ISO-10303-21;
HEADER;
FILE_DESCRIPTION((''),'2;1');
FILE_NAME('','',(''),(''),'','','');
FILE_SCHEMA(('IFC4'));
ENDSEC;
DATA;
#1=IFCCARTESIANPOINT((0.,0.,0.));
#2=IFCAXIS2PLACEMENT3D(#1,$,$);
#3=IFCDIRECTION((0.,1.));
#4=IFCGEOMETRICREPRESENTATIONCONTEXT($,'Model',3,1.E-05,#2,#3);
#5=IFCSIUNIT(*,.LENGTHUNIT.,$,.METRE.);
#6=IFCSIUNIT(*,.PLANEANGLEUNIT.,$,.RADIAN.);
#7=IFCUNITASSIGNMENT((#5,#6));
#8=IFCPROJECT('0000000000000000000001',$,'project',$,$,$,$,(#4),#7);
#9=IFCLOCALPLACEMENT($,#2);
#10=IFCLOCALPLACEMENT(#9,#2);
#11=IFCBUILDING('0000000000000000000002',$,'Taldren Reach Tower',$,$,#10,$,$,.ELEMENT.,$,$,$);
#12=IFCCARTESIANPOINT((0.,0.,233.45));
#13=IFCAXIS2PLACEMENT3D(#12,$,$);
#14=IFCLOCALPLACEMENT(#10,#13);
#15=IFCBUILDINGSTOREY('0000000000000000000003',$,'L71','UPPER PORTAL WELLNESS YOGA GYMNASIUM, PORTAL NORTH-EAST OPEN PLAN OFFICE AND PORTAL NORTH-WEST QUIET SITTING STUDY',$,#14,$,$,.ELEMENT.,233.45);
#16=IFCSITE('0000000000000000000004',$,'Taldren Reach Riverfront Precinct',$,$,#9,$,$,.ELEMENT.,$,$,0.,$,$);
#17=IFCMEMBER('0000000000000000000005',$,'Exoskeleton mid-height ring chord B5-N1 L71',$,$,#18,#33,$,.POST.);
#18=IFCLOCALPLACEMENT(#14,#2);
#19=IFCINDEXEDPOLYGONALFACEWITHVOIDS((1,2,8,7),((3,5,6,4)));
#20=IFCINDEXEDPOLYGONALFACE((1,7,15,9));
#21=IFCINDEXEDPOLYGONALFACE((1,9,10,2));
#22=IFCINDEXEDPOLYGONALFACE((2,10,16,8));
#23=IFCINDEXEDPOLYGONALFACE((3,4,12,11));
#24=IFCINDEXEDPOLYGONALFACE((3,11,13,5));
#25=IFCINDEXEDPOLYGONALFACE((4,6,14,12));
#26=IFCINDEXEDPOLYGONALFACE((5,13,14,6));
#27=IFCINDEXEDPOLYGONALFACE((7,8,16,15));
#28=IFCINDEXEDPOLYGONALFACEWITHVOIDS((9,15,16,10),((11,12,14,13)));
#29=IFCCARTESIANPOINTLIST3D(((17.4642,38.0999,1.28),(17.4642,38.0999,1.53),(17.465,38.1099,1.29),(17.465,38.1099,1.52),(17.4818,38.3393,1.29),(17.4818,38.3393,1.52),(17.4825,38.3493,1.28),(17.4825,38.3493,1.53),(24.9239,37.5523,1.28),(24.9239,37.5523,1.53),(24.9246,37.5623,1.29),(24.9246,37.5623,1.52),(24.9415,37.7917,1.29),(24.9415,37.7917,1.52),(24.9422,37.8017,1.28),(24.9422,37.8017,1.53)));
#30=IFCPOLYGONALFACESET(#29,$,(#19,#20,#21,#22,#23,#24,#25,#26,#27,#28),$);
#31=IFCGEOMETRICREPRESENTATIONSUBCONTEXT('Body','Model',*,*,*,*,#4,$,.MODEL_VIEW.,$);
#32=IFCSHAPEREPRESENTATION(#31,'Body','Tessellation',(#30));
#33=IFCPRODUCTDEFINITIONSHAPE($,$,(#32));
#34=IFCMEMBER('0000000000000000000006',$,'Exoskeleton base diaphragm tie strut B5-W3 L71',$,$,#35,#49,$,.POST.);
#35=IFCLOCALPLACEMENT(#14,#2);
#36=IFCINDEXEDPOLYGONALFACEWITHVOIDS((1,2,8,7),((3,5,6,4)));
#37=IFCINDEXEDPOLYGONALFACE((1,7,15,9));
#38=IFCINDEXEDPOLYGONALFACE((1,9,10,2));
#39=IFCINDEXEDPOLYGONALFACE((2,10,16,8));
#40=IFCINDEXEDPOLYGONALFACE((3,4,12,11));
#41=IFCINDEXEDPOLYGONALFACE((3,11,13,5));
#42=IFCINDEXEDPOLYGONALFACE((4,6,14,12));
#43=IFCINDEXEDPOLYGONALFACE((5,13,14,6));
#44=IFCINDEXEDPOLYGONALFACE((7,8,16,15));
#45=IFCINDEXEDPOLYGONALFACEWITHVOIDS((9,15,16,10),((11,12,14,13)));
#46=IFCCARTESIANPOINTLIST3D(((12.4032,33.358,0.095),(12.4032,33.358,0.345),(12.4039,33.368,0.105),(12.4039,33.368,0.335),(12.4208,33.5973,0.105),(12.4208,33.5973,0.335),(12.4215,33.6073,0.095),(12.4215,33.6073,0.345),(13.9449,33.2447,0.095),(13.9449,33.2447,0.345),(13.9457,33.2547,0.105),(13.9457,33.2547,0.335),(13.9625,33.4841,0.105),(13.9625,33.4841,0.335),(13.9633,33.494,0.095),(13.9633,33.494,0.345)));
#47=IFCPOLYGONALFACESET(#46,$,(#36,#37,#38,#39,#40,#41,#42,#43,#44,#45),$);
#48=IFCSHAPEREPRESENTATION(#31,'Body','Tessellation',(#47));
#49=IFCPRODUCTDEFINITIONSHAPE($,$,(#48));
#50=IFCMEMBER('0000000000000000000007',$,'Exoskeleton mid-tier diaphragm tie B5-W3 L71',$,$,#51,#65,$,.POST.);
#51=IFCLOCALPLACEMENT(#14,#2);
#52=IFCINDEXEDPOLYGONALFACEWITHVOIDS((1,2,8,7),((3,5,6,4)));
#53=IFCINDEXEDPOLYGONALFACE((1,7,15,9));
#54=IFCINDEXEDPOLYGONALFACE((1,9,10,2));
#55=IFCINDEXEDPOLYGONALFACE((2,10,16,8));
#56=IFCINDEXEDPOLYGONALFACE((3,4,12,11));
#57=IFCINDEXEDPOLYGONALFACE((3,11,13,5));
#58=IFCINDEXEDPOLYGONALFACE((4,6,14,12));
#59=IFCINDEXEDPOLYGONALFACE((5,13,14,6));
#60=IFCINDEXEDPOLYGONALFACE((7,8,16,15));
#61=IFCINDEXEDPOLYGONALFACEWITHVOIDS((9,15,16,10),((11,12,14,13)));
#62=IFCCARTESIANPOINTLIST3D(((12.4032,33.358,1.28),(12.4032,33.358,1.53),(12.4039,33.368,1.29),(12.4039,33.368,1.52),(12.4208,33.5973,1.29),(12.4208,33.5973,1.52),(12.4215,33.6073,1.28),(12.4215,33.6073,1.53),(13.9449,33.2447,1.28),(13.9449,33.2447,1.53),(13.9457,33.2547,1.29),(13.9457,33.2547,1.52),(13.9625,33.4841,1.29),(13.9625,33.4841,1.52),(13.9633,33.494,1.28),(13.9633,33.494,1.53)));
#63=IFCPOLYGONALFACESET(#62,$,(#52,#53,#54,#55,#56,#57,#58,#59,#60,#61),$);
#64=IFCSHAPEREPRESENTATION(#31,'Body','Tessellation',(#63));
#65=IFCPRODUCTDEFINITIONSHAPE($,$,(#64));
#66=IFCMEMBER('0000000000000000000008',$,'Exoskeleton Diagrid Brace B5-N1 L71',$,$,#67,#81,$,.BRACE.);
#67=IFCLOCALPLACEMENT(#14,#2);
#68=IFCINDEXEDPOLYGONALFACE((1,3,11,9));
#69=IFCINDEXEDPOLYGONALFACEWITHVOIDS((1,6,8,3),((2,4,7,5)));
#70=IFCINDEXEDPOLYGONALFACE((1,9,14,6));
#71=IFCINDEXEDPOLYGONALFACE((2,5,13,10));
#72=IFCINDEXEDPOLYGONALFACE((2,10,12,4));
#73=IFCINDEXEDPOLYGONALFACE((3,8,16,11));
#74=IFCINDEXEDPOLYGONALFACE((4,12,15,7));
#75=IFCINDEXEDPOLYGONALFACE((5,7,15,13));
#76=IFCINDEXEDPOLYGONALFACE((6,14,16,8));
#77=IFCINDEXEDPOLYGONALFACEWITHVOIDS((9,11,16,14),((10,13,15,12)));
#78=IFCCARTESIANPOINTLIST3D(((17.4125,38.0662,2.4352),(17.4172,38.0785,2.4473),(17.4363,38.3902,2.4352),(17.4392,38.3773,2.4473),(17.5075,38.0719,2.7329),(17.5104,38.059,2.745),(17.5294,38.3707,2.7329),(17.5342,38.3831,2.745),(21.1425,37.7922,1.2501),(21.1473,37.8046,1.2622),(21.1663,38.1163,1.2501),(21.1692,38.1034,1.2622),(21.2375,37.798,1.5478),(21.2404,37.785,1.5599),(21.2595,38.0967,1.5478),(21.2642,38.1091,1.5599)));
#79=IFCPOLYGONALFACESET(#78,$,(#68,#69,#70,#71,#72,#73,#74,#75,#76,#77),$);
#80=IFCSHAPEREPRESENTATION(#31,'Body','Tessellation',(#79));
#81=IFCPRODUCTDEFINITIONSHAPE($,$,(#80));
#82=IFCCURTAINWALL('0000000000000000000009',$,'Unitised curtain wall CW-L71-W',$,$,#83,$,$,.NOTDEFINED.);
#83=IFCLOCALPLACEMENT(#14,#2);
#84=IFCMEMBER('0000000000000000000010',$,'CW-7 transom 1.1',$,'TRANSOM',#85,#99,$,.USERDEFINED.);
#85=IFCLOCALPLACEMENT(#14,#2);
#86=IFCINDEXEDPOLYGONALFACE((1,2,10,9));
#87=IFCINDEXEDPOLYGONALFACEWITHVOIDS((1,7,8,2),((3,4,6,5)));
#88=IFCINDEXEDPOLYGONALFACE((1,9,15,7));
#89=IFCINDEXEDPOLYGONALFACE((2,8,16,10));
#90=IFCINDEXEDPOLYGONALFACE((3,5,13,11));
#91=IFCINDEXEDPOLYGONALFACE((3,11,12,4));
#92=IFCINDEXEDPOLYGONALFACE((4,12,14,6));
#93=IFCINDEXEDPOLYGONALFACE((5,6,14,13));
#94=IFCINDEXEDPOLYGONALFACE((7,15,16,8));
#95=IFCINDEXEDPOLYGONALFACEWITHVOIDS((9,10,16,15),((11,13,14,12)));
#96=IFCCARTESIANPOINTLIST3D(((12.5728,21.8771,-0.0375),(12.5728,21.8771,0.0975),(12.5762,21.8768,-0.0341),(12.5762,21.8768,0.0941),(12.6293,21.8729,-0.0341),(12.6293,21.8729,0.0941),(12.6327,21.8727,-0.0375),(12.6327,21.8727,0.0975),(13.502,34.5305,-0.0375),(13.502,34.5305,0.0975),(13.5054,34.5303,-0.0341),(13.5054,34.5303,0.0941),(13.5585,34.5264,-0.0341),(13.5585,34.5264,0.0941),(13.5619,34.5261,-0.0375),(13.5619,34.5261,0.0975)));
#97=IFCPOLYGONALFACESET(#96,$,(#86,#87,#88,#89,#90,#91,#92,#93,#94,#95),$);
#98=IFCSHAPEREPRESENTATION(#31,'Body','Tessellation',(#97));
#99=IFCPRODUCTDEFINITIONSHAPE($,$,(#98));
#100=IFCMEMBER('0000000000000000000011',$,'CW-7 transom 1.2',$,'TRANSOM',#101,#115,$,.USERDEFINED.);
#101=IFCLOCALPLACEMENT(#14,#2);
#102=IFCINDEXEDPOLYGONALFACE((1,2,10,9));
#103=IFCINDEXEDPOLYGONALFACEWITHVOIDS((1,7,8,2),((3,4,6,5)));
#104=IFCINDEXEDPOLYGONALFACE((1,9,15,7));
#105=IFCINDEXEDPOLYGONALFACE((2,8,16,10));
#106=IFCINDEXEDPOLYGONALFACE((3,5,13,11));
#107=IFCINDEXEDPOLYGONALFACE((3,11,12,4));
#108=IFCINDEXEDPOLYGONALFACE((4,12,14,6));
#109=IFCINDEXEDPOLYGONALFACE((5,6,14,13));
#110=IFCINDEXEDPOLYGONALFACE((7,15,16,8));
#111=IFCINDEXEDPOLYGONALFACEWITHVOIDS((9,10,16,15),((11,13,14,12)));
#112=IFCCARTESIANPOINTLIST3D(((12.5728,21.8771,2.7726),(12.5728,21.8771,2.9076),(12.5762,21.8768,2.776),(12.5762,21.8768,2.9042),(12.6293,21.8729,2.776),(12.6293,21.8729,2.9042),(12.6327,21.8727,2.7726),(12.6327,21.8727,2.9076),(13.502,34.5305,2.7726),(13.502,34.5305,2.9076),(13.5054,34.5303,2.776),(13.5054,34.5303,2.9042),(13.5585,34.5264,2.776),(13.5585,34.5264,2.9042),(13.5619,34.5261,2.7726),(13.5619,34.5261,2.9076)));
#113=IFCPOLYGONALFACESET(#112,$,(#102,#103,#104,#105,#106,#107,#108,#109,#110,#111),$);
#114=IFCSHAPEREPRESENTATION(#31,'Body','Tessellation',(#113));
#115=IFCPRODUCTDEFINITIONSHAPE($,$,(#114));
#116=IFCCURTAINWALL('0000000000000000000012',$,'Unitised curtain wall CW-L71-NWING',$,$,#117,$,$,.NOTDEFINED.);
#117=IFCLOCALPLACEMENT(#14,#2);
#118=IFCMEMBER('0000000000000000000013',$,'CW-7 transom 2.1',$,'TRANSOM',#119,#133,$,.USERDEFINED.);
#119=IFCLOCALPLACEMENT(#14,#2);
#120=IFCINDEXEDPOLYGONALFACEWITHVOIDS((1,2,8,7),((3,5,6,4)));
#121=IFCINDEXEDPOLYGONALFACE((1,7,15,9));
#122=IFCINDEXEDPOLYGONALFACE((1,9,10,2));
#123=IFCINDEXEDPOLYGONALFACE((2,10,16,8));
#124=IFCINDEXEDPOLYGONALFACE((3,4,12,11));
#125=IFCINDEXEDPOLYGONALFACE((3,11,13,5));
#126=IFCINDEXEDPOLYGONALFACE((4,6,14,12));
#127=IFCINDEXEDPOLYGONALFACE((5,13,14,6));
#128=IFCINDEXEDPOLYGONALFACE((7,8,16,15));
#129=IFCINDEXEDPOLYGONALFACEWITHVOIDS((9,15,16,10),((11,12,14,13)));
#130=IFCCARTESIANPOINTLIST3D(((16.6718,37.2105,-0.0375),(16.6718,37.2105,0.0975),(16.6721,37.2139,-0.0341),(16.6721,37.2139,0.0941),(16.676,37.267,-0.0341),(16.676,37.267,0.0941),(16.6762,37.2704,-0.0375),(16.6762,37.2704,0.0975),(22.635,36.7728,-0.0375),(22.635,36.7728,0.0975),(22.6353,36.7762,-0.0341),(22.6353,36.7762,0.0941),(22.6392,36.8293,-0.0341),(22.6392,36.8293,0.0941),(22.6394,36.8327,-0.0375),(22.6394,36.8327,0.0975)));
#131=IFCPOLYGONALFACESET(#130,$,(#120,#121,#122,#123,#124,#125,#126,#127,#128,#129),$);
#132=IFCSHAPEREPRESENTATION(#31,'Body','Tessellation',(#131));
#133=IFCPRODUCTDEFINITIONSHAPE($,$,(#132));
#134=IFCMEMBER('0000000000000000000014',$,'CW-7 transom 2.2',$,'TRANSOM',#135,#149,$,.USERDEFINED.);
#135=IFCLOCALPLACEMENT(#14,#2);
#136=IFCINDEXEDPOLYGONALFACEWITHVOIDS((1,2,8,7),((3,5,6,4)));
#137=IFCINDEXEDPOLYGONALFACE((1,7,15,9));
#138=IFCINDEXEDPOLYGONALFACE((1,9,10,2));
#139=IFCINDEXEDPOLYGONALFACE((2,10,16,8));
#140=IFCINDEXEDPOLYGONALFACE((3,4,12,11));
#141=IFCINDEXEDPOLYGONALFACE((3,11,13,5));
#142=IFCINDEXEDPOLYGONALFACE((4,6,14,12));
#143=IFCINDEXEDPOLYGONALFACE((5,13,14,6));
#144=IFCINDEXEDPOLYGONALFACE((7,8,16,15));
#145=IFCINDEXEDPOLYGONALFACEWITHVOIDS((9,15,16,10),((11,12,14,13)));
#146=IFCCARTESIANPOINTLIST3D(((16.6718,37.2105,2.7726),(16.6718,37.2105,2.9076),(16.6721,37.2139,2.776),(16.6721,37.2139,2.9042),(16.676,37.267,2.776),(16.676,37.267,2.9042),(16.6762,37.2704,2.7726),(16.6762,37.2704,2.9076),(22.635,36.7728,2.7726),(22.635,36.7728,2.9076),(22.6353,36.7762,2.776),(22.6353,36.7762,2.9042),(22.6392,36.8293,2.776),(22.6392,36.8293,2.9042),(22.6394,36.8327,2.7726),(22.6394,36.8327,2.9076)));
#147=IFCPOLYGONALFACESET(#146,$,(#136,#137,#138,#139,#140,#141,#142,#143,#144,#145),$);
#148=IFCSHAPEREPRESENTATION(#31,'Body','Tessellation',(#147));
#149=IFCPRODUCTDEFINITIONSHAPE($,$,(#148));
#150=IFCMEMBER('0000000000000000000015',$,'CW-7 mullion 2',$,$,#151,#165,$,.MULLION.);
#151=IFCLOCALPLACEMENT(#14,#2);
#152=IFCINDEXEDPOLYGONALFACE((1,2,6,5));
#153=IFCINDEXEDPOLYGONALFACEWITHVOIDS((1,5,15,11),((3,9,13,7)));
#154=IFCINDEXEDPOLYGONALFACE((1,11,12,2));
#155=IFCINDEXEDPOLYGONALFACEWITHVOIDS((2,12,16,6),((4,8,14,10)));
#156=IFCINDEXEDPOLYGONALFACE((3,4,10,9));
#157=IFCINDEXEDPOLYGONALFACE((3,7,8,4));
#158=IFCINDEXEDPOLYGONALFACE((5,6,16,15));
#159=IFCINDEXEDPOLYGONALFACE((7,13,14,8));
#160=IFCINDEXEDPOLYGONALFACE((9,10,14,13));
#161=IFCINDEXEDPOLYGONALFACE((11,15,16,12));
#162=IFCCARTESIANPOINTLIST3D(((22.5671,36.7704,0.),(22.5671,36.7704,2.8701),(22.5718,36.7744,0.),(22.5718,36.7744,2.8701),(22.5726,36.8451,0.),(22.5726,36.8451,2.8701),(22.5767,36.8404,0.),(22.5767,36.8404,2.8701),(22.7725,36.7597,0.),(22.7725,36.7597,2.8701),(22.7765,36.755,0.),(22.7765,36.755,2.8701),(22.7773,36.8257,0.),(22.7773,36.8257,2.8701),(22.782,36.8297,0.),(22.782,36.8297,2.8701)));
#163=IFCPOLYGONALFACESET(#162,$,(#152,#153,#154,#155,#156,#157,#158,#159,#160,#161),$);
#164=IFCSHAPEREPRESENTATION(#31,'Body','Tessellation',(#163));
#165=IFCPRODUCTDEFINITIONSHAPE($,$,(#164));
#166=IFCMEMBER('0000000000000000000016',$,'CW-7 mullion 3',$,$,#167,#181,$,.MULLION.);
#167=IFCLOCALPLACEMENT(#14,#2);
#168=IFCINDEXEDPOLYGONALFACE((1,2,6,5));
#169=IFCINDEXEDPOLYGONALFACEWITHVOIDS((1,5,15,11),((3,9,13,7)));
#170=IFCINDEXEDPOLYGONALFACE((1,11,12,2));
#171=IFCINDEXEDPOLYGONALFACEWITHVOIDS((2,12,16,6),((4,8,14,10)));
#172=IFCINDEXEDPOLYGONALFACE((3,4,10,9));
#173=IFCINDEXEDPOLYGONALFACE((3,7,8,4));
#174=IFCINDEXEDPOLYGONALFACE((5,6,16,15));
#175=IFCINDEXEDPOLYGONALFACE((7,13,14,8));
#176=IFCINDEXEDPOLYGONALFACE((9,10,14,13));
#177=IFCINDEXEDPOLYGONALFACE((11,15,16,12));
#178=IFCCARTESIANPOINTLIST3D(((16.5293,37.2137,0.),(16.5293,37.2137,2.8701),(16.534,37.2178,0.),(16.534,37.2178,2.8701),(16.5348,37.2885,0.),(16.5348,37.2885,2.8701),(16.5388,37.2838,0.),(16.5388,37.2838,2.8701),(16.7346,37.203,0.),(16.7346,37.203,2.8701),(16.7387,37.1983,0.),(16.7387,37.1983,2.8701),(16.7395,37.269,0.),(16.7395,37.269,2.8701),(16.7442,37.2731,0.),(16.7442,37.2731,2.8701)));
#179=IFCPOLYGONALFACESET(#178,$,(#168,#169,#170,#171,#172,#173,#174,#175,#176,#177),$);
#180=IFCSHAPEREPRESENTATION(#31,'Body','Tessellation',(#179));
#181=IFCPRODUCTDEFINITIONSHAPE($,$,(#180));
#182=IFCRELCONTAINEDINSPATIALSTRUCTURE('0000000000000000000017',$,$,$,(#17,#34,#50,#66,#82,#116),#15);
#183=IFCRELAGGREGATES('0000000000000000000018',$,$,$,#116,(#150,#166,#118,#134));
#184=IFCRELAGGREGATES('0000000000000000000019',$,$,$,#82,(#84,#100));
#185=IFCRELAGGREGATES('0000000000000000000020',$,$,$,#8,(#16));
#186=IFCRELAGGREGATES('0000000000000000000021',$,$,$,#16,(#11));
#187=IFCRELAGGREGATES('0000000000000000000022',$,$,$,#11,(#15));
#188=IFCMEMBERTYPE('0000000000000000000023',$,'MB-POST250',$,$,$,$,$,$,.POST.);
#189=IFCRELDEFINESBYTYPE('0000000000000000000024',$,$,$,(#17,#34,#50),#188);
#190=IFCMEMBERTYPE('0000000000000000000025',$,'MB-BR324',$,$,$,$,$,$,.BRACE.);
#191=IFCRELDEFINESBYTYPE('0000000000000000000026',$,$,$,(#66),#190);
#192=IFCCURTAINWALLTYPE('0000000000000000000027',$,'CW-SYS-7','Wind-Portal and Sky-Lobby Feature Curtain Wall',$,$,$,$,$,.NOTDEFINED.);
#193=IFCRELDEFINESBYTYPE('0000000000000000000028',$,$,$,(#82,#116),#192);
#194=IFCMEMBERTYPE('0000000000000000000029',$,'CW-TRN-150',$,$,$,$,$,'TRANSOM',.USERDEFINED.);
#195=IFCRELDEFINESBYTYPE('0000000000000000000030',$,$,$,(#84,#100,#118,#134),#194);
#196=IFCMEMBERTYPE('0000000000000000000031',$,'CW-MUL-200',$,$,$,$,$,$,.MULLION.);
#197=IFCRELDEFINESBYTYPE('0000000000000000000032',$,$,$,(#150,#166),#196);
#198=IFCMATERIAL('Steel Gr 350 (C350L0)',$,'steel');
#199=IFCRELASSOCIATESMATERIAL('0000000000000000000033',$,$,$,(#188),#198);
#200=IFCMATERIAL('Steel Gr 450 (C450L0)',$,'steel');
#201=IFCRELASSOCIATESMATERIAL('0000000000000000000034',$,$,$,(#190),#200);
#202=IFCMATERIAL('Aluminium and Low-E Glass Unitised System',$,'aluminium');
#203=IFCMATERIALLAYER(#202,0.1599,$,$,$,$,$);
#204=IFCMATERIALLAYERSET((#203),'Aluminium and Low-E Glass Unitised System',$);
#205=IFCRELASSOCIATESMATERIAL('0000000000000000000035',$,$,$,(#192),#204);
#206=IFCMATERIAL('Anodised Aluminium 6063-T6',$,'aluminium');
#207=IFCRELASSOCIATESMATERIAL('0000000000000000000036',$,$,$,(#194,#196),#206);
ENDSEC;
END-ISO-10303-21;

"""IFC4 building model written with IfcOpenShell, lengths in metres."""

from ifc_helpers import new_model, si_unit, direction, frame, origin, origin_2d, place, context, subcontext, project, spatial, hollow_rectangle, extrude, source, transform, mapped, material, layer, layer_set, material_profile, profile_set, type_object, element, aggregate, save


model = new_model("IFC4")

# Units and contexts
model_context = context("Model", 3, precision=1e-05, world=origin(), true_north=direction((0.0, 1.0)))
body_context = subcontext(model_context, "Body", "Model", "MODEL_VIEW")
ifc_project = project(units=[si_unit("LENGTHUNIT", "METRE"), si_unit("PLANEANGLEUNIT", "RADIAN")], contexts=[model_context])

# Site, building, storey
site_placement = place(None, origin())
site = spatial("IfcSite", under=ifc_project, at=site_placement, Name="Taldren Reach Riverfront Precinct", CompositionType="ELEMENT", RefElevation=0.0)
building_placement = place(site_placement, origin())
building = spatial("IfcBuilding", under=site, at=building_placement, Name="Taldren Reach Tower", CompositionType="ELEMENT")
storey_placement = place(building_placement, frame((0.0, 0.0, 233.45)))
storey = spatial("IfcBuildingStorey", under=building, at=storey_placement, Name="L71", Description="UPPER PORTAL WELLNESS YOGA GYMNASIUM, PORTAL NORTH-EAST OPEN PLAN OFFICE AND PORTAL NORTH-WEST QUIET SITTING STUDY", CompositionType="ELEMENT", Elevation=233.45)

# Shared definitions
ifc_material_1 = material(Name="Steel Gr 350 (C350L0)", Category="steel")

# Shared definitions
ifc_material_profile_1 = material_profile(ifc_material_1, hollow_rectangle(XDim=0.25, YDim=0.25, WallThickness=0.01, at=origin_2d()), Name="250x250x10.0SHS")
ifc_profile_set_1 = profile_set([ifc_material_profile_1], Name="Steel Gr 350 (C350L0)")
member_type_1 = type_object("IfcMemberType", Name="MB-POST250", PredefinedType="POST", material=ifc_profile_set_1)
ifc_material_2 = material(Name="Steel Gr 450 (C450L0)", Category="steel")

# Members
shared_shape_1 = source(origin(), body_context, "Body", "SweptSolid", [
    extrude(hollow_rectangle(XDim=0.25, YDim=0.25, WallThickness=0.01, at=origin_2d()), origin(), (0.0, 0.0, 1.0), 7.4797),
])
member_1_placement = place(storey_placement, frame((17.4734, 38.2246, 1.405), z_axis=(0.997316, -0.073212, 0.0), x_axis=(0.073212, 0.997316, 0.0)))
element("IfcMember", 1, at=member_1_placement, inside=storey, type_object=member_type_1, Name="Exoskeleton mid-height ring chord B5-N1 L71", PredefinedType="POST", context=body_context, shape_type="MappedRepresentation", body=[
    mapped(shared_shape_1, transform((0.0, 0.0, 0.0), scale=1.0)),
])
shared_shape_2 = source(origin(), body_context, "Body", "SweptSolid", [
    extrude(hollow_rectangle(XDim=0.25, YDim=0.25, WallThickness=0.01, at=origin_2d()), origin(), (0.0, 0.0, 1.0), 1.5459),
])
for number, where, z_axis, x_axis, name in (
    (2, (13.9541, 33.3694, 0.22), (-0.997312, 0.073278, 0.0), (-0.073278, -0.997312, 0.0), "Exoskeleton base diaphragm tie strut B5-W3 L71"),
    (3, (13.9541, 33.3694, 1.405), (-0.997312, 0.073278, 0.0), (-0.073278, -0.997312, 0.0), "Exoskeleton mid-tier diaphragm tie B5-W3 L71"),
):
    element("IfcMember", number, at=place(storey_placement, frame(where, z_axis=z_axis, x_axis=x_axis)), inside=storey, type_object=member_type_1, Name=name, PredefinedType="POST", context=body_context, shape_type="MappedRepresentation", body=[
        mapped(shared_shape_2, transform((0.0, 0.0, 0.0), scale=1.0)),
    ])
ifc_material_profile_2 = material_profile(ifc_material_2, hollow_rectangle(XDim=0.325, YDim=0.325, WallThickness=0.0127, at=origin_2d()), Name="325x325x12.7SHS")
ifc_profile_set_2 = profile_set([ifc_material_profile_2], Name="Steel Gr 450 (C450L0)")
member_type_2 = type_object("IfcMemberType", Name="MB-BR324", PredefinedType="BRACE", material=ifc_profile_set_2)
shared_shape_3 = source(origin(), body_context, "Body", "SweptSolid", [
    extrude(hollow_rectangle(XDim=0.325, YDim=0.325, WallThickness=0.0127, at=origin_2d()), origin(), (0.0, 0.0, 1.0), 3.9233),
])
member_2_placement = place(storey_placement, frame((21.2034, 37.9507, 1.405), z_axis=(-0.950729, 0.069821, 0.302058), x_axis=(-0.073242, -0.997314, 0.0)))
element("IfcMember", 4, at=member_2_placement, inside=storey, type_object=member_type_2, Name="Exoskeleton Diagrid Brace B5-N1 L71", PredefinedType="BRACE", context=body_context, shape_type="MappedRepresentation", body=[
    mapped(shared_shape_3, transform((0.0, 0.0, 0.0), scale=1.0)),
])

# Curtain walls, members
ifc_material_3 = material(Name="Aluminium and Low-E Glass Unitised System", Category="aluminium")
ifc_layer_1 = layer(ifc_material_3, 0.1599)
ifc_layer_set_1 = layer_set([ifc_layer_1], Name="Aluminium and Low-E Glass Unitised System")
curtain_wall_type = type_object("IfcCurtainWallType", Name="CW-SYS-7", Description="Wind-Portal and Sky-Lobby Feature Curtain Wall", PredefinedType="NOTDEFINED", material=ifc_layer_set_1)
curtain_wall_1_placement = place(storey_placement, origin())
curtain_wall_1 = element("IfcCurtainWall", 5, at=curtain_wall_1_placement, inside=storey, type_object=curtain_wall_type, Name="Unitised curtain wall CW-L71-W", PredefinedType="NOTDEFINED")
ifc_material_4 = material(Name="Anodised Aluminium 6063-T6", Category="aluminium")
ifc_material_profile_3 = material_profile(ifc_material_4, hollow_rectangle(XDim=0.0601, YDim=0.135, WallThickness=0.0034, at=origin_2d()), Name="ALU-135x60x3.5RHS")
ifc_profile_set_3 = profile_set([ifc_material_profile_3], Name="Anodised Aluminium 6063-T6")
member_type_3 = type_object("IfcMemberType", Name="CW-TRN-150", ElementType="TRANSOM", PredefinedType="USERDEFINED", material=ifc_profile_set_3)
shared_shape_4 = source(origin(), body_context, "Body", "SweptSolid", [
    extrude(hollow_rectangle(XDim=0.0601, YDim=0.135, WallThickness=0.0034, at=origin_2d()), origin(), (0.0, 0.0, 1.0), 12.6875),
])
member_3_placement = place(storey_placement, frame((13.532, 34.5283, 0.03), z_axis=(-0.073238, -0.997314, 0.0), x_axis=(0.997314, -0.073238, 0.0)))
member_3 = element("IfcMember", 6, at=member_3_placement, type_object=member_type_3, Name="CW-7 transom 1.1", ObjectType="TRANSOM", PredefinedType="USERDEFINED", context=body_context, shape_type="MappedRepresentation", body=[
    mapped(shared_shape_4, transform((0.0, 0.0, 0.0), scale=1.0)),
])
member_4_placement = place(storey_placement, frame((13.532, 34.5283, 2.8401), z_axis=(-0.073238, -0.997314, 0.0), x_axis=(0.997314, -0.073238, 0.0)))
member_4 = element("IfcMember", 7, at=member_4_placement, type_object=member_type_3, Name="CW-7 transom 1.2", ObjectType="TRANSOM", PredefinedType="USERDEFINED", context=body_context, shape_type="MappedRepresentation", body=[
    mapped(shared_shape_4, transform((0.0, 0.0, 0.0), scale=1.0)),
])
curtain_wall_2_placement = place(storey_placement, origin())
curtain_wall_2 = element("IfcCurtainWall", 8, at=curtain_wall_2_placement, inside=storey, type_object=curtain_wall_type, Name="Unitised curtain wall CW-L71-NWING", PredefinedType="NOTDEFINED")
shared_shape_5 = source(origin(), body_context, "Body", "SweptSolid", [
    extrude(hollow_rectangle(XDim=0.0601, YDim=0.135, WallThickness=0.0034, at=origin_2d()), origin(), (0.0, 0.0, 1.0), 5.9792),
])
member_5_placement = place(storey_placement, frame((22.6372, 36.8027, 0.03), z_axis=(-0.997316, 0.073211, 0.0), x_axis=(-0.073211, -0.997316, 0.0)))
member_5 = element("IfcMember", 9, at=member_5_placement, type_object=member_type_3, Name="CW-7 transom 2.1", ObjectType="TRANSOM", PredefinedType="USERDEFINED", context=body_context, shape_type="MappedRepresentation", body=[
    mapped(shared_shape_5, transform((0.0, 0.0, 0.0), scale=1.0)),
])
member_6_placement = place(storey_placement, frame((22.6372, 36.8027, 2.8401), z_axis=(-0.997316, 0.073211, 0.0), x_axis=(-0.073211, -0.997316, 0.0)))
member_6 = element("IfcMember", 10, at=member_6_placement, type_object=member_type_3, Name="CW-7 transom 2.2", ObjectType="TRANSOM", PredefinedType="USERDEFINED", context=body_context, shape_type="MappedRepresentation", body=[
    mapped(shared_shape_5, transform((0.0, 0.0, 0.0), scale=1.0)),
])
ifc_material_profile_4 = material_profile(ifc_material_4, hollow_rectangle(XDim=0.075, YDim=0.21, WallThickness=0.0044, at=origin_2d()), Name="ALU-210x75x4.5RHS")
ifc_profile_set_4 = profile_set([ifc_material_profile_4], Name="Anodised Aluminium 6063-T6")
member_type_4 = type_object("IfcMemberType", Name="CW-MUL-200", PredefinedType="MULLION", material=ifc_profile_set_4)
shared_shape_6 = source(origin(), body_context, "Body", "SweptSolid", [
    extrude(hollow_rectangle(XDim=0.075, YDim=0.21, WallThickness=0.0044, at=origin_2d()), origin(), (0.0, 0.0, 1.0), 2.8701),
])
member_7_placement = place(storey_placement, frame((22.6746, 36.8, 0.0), z_axis=(0.0, 0.0, 1.0), x_axis=(-0.073238, -0.997314, 0.0)))
member_7 = element("IfcMember", 11, at=member_7_placement, type_object=member_type_4, Name="CW-7 mullion 2", PredefinedType="MULLION", context=body_context, shape_type="MappedRepresentation", body=[
    mapped(shared_shape_6, transform((0.0, 0.0, 0.0), scale=1.0)),
])
member_8_placement = place(storey_placement, frame((16.6367, 37.2434, 0.0), z_axis=(0.0, 0.0, 1.0), x_axis=(-0.073238, -0.997314, 0.0)))
member_8 = element("IfcMember", 12, at=member_8_placement, type_object=member_type_4, Name="CW-7 mullion 3", PredefinedType="MULLION", context=body_context, shape_type="MappedRepresentation", body=[
    mapped(shared_shape_6, transform((0.0, 0.0, 0.0), scale=1.0)),
])

aggregate(curtain_wall_2, [member_7, member_8, member_5, member_6])
aggregate(curtain_wall_1, [member_3, member_4])

save(model, "model.ifc")
